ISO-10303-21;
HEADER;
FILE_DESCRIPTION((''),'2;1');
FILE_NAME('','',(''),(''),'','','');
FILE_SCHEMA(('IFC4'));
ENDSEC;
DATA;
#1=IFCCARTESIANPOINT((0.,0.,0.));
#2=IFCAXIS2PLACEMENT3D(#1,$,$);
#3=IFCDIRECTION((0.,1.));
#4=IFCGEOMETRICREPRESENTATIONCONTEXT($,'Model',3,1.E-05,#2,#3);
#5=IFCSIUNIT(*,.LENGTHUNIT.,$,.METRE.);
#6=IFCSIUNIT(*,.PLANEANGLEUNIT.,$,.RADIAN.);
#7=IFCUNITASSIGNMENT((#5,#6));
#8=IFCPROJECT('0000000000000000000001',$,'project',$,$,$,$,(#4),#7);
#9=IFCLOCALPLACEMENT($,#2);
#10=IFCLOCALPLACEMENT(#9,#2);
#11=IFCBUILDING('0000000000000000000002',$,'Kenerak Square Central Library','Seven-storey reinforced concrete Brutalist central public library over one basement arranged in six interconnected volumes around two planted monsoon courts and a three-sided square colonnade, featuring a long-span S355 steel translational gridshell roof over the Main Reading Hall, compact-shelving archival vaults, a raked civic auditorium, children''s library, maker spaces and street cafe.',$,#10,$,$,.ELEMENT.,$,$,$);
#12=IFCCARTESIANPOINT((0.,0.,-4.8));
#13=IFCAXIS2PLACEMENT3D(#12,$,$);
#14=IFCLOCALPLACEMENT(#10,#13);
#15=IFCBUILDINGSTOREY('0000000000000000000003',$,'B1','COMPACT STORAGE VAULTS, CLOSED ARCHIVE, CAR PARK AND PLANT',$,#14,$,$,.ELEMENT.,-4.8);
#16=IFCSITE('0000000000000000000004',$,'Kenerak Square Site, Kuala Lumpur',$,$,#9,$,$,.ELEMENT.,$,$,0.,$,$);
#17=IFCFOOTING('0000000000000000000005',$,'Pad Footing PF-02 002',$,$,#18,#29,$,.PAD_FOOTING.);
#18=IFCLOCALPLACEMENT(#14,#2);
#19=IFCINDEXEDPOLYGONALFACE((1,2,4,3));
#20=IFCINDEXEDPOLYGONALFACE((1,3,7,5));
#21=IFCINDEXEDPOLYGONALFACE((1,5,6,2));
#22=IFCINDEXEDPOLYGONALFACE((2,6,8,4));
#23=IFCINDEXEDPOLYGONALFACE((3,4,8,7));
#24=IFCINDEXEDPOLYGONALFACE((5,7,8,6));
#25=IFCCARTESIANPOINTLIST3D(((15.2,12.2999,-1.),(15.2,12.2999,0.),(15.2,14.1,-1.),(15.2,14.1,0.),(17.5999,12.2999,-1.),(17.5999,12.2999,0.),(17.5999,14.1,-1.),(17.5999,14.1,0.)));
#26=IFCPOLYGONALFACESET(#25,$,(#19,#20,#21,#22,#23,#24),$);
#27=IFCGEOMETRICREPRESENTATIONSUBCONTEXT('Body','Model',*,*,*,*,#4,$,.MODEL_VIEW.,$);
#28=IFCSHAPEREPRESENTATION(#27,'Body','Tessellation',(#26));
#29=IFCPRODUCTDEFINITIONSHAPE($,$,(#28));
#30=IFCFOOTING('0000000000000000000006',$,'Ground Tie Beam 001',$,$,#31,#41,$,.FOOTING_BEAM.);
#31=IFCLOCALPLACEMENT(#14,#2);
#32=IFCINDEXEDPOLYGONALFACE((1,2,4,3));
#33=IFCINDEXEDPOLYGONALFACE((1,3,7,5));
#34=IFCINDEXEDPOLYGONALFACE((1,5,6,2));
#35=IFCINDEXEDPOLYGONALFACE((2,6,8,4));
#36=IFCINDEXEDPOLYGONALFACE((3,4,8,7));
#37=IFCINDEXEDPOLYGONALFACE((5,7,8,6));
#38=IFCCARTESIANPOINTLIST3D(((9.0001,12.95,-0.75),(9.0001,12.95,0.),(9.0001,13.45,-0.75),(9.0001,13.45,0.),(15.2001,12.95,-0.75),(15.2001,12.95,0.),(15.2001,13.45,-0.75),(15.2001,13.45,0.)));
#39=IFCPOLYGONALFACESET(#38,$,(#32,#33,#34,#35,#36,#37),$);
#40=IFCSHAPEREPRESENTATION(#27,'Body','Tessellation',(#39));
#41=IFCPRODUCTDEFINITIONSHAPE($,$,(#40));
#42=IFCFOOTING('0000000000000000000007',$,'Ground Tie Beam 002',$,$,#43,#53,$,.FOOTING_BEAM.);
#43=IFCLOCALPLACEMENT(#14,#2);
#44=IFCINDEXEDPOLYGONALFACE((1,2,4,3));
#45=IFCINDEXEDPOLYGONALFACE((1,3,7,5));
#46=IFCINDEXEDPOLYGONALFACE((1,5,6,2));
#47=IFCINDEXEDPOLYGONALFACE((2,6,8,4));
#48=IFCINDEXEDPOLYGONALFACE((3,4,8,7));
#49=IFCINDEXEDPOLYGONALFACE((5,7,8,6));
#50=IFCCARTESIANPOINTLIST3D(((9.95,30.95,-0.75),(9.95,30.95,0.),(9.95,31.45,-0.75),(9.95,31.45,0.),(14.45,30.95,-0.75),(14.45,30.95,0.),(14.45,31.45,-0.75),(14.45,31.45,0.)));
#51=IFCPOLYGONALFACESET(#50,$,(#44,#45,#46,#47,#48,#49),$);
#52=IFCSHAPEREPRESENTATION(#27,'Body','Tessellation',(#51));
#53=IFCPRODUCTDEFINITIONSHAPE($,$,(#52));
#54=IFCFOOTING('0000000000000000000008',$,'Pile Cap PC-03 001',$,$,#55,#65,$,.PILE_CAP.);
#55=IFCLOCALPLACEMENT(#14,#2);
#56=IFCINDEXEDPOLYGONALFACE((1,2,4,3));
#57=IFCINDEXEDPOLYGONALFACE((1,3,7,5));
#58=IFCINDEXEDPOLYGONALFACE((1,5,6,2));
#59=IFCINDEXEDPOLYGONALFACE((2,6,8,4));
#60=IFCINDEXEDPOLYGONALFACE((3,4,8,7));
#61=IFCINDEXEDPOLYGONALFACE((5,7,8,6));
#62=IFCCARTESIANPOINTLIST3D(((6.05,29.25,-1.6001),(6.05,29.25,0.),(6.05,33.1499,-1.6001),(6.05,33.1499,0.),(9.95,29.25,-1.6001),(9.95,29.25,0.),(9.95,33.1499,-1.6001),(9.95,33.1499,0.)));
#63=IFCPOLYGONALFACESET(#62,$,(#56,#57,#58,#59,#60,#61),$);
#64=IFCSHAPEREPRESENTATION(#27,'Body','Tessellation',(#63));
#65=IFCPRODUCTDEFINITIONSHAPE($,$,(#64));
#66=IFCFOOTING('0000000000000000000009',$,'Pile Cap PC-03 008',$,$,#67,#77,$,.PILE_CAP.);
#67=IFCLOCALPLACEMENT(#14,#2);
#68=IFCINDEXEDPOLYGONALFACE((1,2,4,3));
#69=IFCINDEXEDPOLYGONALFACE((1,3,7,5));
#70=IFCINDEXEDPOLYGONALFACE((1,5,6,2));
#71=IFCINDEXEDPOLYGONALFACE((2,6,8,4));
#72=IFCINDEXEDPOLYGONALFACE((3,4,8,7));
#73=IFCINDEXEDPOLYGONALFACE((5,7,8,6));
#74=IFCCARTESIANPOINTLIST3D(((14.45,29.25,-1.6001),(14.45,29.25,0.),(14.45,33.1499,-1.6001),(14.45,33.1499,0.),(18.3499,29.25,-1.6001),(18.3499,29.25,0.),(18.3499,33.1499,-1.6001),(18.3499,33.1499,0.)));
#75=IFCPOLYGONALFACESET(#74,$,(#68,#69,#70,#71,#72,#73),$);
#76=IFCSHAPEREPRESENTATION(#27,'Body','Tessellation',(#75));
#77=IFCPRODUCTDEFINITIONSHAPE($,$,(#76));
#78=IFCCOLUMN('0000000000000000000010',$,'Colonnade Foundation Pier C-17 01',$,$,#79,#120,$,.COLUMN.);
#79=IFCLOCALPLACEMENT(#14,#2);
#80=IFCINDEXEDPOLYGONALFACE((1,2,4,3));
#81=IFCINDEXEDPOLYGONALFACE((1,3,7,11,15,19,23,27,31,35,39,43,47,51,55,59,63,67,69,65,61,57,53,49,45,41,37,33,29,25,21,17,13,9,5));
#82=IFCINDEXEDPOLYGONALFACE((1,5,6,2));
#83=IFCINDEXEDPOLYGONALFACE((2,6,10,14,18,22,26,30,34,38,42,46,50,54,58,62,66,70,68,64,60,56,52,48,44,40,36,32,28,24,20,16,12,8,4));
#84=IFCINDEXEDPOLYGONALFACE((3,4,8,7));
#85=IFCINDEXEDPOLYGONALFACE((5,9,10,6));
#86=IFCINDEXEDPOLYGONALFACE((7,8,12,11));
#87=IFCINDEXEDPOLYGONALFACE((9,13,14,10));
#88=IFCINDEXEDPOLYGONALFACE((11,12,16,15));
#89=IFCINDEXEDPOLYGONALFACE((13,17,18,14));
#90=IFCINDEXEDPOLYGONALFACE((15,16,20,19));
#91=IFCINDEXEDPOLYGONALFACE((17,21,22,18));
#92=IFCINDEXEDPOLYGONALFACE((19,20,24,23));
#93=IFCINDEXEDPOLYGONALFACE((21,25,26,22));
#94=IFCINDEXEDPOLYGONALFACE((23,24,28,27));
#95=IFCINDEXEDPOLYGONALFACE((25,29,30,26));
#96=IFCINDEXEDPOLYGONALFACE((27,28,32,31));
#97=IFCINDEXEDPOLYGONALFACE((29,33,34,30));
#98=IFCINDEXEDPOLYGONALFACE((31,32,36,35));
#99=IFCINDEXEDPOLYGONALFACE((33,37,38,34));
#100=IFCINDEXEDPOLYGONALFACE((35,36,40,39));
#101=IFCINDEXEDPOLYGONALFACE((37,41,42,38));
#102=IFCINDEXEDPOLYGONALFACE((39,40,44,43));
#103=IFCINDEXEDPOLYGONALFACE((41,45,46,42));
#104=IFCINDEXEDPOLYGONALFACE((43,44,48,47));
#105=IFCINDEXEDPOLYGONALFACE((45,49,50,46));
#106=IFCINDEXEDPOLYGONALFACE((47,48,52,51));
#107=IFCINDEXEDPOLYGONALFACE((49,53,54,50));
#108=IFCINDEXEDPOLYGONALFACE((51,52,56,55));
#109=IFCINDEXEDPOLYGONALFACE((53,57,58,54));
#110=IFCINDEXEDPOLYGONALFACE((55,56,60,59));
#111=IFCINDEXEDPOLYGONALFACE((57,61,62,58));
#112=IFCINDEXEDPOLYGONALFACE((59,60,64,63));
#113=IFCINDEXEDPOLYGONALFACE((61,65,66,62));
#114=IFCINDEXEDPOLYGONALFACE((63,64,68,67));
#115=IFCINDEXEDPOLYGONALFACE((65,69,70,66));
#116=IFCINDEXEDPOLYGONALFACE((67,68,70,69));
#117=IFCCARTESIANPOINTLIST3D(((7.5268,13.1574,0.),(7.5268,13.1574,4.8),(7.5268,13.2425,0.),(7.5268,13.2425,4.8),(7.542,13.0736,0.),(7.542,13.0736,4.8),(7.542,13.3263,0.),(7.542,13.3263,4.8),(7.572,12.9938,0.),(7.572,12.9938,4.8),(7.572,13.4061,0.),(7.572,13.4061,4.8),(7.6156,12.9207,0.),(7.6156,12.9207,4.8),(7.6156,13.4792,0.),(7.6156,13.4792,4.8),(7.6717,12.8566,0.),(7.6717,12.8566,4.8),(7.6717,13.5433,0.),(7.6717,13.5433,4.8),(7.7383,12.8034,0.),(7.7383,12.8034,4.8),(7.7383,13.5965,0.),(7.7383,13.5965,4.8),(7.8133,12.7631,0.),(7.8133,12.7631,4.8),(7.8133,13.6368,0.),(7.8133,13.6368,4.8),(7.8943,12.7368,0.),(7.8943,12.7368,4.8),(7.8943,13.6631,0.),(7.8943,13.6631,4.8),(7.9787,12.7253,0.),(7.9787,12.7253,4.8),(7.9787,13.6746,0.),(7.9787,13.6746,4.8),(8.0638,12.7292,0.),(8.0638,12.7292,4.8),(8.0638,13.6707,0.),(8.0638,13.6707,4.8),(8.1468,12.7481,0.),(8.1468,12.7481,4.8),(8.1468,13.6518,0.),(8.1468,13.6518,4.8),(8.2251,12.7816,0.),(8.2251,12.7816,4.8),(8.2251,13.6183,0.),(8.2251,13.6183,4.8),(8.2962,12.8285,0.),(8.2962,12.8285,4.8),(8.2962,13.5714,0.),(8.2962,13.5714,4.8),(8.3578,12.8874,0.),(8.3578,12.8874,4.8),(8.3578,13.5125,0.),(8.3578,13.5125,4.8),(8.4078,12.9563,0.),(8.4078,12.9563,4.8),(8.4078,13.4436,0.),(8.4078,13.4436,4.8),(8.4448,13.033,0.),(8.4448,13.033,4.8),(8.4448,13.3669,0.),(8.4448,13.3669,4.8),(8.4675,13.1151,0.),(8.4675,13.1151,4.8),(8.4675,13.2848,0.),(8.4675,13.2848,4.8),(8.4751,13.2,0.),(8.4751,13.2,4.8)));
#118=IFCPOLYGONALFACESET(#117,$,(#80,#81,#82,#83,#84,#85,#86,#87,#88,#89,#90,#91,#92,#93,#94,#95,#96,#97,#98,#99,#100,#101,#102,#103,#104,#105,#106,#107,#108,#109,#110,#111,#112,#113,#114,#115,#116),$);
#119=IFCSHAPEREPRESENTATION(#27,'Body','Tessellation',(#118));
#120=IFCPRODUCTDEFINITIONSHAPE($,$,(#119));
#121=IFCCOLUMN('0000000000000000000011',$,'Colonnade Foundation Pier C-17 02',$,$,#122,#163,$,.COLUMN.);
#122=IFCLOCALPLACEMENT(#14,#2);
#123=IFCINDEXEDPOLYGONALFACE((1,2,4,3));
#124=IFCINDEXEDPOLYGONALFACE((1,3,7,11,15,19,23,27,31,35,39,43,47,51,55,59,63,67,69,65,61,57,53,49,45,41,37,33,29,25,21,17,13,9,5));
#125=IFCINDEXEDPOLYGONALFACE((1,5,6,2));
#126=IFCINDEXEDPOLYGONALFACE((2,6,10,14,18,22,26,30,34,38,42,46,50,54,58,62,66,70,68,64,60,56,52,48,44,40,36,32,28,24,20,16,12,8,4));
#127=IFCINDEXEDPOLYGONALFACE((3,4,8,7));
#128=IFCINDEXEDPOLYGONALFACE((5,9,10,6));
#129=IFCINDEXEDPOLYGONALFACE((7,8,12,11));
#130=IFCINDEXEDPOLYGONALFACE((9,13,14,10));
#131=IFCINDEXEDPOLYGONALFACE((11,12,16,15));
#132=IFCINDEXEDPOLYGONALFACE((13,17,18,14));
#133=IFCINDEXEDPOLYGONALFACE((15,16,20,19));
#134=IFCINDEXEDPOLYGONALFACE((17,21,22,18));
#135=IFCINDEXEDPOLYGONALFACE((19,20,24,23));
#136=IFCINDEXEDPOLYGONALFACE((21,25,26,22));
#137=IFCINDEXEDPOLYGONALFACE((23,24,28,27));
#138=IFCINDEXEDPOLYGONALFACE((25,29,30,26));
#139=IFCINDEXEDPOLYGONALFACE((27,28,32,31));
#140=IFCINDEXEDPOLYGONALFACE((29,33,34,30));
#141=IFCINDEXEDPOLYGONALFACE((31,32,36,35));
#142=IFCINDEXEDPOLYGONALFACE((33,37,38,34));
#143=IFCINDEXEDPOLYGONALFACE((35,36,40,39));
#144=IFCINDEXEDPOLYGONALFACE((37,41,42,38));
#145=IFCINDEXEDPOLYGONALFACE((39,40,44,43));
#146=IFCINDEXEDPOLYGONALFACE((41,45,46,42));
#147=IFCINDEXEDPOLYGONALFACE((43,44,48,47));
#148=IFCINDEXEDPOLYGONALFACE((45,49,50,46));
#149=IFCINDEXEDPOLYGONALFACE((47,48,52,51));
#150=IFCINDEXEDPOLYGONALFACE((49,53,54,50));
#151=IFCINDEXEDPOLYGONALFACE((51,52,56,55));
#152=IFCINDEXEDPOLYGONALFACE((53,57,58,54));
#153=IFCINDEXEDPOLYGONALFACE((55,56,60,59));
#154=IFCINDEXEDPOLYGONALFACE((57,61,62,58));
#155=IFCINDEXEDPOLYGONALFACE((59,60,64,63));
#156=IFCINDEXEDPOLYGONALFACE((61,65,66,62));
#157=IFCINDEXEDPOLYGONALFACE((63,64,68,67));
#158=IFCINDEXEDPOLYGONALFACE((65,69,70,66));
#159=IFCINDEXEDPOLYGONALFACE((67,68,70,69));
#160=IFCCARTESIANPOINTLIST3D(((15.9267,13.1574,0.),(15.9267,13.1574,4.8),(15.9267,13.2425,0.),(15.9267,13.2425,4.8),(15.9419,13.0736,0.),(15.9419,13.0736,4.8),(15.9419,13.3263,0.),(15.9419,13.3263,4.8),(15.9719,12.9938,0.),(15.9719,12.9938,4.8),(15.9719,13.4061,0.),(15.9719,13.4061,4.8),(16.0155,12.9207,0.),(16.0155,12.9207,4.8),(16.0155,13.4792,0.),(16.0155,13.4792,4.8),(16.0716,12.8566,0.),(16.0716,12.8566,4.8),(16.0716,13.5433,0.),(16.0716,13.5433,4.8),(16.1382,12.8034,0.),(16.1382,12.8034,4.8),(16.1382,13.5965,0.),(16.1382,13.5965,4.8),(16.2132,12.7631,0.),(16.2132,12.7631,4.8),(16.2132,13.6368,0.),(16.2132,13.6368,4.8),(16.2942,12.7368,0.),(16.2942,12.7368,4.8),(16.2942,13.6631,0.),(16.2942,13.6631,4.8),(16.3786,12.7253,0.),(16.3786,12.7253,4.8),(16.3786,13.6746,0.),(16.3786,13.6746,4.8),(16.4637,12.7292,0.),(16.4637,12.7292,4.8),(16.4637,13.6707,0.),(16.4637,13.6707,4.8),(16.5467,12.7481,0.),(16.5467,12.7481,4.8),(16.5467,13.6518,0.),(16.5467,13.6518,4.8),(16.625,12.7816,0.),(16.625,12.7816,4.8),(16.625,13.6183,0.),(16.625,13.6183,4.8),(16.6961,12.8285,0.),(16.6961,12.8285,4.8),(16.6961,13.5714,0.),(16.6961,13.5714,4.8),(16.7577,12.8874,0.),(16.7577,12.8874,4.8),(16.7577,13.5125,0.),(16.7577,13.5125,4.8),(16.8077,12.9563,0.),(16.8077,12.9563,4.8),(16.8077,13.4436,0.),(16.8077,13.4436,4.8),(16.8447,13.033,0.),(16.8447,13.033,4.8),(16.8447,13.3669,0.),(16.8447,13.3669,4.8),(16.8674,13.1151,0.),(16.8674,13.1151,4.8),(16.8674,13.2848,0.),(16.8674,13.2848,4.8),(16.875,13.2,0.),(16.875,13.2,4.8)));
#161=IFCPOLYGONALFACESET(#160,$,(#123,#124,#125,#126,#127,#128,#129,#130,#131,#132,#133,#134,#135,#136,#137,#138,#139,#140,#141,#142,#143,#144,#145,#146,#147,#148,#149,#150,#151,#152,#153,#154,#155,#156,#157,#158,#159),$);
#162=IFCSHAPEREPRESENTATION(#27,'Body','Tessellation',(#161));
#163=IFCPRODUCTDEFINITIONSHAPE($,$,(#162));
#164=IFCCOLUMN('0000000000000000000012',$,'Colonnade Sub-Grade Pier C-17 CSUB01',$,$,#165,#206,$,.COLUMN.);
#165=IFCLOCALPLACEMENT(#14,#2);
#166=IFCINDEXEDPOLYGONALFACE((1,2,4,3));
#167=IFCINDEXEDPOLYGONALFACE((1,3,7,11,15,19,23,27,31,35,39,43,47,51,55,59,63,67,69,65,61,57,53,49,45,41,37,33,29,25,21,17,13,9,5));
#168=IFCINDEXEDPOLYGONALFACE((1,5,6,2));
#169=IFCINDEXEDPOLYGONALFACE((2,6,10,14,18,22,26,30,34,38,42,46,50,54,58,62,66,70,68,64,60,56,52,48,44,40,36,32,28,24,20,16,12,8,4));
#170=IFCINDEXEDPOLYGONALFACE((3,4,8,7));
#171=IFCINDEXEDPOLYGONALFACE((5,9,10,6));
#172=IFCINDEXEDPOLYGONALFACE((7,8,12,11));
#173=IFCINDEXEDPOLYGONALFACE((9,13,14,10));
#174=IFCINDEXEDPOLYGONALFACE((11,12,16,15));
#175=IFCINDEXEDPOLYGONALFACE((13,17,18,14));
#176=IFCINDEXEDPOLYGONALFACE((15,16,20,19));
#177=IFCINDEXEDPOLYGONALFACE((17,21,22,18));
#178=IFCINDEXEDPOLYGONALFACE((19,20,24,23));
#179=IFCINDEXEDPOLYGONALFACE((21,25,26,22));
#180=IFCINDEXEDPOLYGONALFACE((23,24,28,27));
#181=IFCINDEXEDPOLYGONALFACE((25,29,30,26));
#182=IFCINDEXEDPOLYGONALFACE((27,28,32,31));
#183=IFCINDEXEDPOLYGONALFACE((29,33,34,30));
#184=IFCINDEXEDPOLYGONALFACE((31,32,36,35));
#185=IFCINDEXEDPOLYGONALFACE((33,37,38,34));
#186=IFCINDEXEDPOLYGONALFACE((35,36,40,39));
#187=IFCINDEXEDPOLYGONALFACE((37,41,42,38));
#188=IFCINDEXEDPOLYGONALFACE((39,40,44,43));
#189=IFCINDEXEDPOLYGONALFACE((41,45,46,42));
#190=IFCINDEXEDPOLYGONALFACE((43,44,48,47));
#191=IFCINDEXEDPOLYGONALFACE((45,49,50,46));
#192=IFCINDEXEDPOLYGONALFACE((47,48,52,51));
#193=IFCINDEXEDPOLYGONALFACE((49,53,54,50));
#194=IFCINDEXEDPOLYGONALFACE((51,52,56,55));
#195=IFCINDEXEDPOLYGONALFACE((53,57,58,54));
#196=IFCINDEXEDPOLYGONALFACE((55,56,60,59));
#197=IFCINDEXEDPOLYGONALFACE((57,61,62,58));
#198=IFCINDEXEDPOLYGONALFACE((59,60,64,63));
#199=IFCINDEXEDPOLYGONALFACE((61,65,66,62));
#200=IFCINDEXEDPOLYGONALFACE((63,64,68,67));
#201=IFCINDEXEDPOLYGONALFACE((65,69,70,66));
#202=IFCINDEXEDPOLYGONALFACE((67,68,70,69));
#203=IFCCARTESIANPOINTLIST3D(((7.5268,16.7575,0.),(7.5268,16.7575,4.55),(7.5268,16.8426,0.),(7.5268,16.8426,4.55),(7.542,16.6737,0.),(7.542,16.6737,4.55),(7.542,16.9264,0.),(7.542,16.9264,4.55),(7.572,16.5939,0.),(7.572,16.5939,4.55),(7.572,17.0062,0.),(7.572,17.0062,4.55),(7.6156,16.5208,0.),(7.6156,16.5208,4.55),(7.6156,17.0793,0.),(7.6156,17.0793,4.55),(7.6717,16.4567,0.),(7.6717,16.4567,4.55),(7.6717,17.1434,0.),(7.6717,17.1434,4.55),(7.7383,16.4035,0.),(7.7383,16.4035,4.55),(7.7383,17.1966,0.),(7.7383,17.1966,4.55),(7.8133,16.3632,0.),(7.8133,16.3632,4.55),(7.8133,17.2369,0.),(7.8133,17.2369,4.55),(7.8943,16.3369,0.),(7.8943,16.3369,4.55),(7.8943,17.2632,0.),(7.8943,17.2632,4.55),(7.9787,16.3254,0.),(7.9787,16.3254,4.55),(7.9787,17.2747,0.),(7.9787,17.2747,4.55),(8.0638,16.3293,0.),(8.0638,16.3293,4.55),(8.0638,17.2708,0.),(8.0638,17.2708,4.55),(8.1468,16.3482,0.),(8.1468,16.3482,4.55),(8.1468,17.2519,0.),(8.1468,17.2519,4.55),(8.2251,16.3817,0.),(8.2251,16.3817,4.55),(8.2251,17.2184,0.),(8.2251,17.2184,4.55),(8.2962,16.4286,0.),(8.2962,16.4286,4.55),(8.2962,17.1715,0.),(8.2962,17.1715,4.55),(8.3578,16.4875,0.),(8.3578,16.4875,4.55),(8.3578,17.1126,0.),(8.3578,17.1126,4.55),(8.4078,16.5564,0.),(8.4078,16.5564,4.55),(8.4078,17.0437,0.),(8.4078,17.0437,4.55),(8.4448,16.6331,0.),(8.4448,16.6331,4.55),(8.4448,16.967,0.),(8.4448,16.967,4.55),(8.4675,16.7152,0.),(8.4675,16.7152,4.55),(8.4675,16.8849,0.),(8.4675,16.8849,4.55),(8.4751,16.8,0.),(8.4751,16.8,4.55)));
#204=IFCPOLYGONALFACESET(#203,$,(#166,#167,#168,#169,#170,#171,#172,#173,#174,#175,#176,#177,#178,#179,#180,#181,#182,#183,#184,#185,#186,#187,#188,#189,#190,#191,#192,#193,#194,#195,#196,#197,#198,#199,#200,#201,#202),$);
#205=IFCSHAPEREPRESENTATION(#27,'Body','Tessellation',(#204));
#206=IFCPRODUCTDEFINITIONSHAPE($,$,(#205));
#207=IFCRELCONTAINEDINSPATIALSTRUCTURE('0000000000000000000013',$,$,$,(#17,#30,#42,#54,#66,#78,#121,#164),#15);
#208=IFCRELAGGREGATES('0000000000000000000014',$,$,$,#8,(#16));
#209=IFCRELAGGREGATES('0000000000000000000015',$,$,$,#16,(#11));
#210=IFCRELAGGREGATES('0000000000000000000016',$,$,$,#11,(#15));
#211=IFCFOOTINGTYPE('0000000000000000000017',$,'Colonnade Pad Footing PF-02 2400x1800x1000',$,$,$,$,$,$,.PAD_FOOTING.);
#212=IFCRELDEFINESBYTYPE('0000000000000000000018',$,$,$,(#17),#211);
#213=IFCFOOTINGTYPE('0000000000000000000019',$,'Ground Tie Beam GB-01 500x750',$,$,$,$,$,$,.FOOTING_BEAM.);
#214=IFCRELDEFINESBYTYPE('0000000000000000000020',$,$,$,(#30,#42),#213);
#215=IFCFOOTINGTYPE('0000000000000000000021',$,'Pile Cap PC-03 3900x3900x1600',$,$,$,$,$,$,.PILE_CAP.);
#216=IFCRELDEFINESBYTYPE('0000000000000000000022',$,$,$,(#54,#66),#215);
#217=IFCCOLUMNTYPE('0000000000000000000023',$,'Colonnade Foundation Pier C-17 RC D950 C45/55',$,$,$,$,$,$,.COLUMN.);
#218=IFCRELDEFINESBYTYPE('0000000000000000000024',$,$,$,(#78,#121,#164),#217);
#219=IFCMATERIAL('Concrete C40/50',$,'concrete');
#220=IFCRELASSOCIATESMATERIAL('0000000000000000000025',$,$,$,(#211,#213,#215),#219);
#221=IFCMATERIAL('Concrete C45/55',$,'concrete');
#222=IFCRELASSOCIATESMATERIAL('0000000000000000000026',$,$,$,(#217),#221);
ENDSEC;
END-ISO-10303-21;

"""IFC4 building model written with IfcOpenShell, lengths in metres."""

from ifc_helpers import new_model, si_unit, direction, frame, origin, origin_2d, place, context, subcontext, project, spatial, rectangle, circle, extrude, material, material_profile, profile_set, type_object, element, save


model = new_model("IFC4")

# Units and contexts
model_context = context("Model", 3, precision=1e-05, world=origin(), true_north=direction((0.0, 1.0)))
body_context = subcontext(model_context, "Body", "Model", "MODEL_VIEW")
ifc_project = project(units=[si_unit("LENGTHUNIT", "METRE"), si_unit("PLANEANGLEUNIT", "RADIAN")], contexts=[model_context])

# Site, building, storey
site_placement = place(None, origin())
site = spatial("IfcSite", under=ifc_project, at=site_placement, Name="Kenerak Square Site, Kuala Lumpur", CompositionType="ELEMENT", RefElevation=0.0)
building_placement = place(site_placement, origin())
building = spatial("IfcBuilding", under=site, at=building_placement, Name="Kenerak Square Central Library", Description="Seven-storey reinforced concrete Brutalist central public library over one basement arranged in six interconnected volumes around two planted monsoon courts and a three-sided square colonnade, featuring a long-span S355 steel translational gridshell roof over the Main Reading Hall, compact-shelving archival vaults, a raked civic auditorium, children's library, maker spaces and street cafe.", CompositionType="ELEMENT")
storey_placement = place(building_placement, frame((0.0, 0.0, -4.8)))
storey = spatial("IfcBuildingStorey", under=building, at=storey_placement, Name="B1", Description="COMPACT STORAGE VAULTS, CLOSED ARCHIVE, CAR PARK AND PLANT", CompositionType="ELEMENT", Elevation=-4.8)

# Shared definitions
ifc_material_1 = material(Name="Concrete C40/50", Category="concrete")

# Footings
footing_type_1 = type_object("IfcFootingType", Name="Colonnade Pad Footing PF-02 2400x1800x1000", PredefinedType="PAD_FOOTING", material=ifc_material_1)
footing_1_placement = place(storey_placement, frame((16.3999, 13.2, -1.0), z_axis=(0.0, 0.0, 1.0), x_axis=(1.0, 0.0, 0.0)))
element("IfcFooting", 1, at=footing_1_placement, inside=storey, type_object=footing_type_1, Name="Pad Footing PF-02 002", PredefinedType="PAD_FOOTING", context=body_context, shape_type="SweptSolid", body=[
    extrude(rectangle(XDim=2.3999, YDim=1.8, at=origin_2d()), origin(), (0.0, 0.0, 1.0), 1.0),
])
footing_type_2 = type_object("IfcFootingType", Name="Ground Tie Beam GB-01 500x750", PredefinedType="FOOTING_BEAM", material=ifc_material_1)
footing_2_placement = place(storey_placement, frame((12.1001, 13.2, -0.75), z_axis=(0.0, 0.0, 1.0), x_axis=(1.0, 0.0, 0.0)))
element("IfcFooting", 2, at=footing_2_placement, inside=storey, type_object=footing_type_2, Name="Ground Tie Beam 001", PredefinedType="FOOTING_BEAM", context=body_context, shape_type="SweptSolid", body=[
    extrude(rectangle(XDim=6.2, YDim=0.5, at=origin_2d()), origin(), (0.0, 0.0, 1.0), 0.75),
])
footing_3_placement = place(storey_placement, frame((12.2, 31.2, -0.75), z_axis=(0.0, 0.0, 1.0), x_axis=(1.0, 0.0, 0.0)))
element("IfcFooting", 3, at=footing_3_placement, inside=storey, type_object=footing_type_2, Name="Ground Tie Beam 002", PredefinedType="FOOTING_BEAM", context=body_context, shape_type="SweptSolid", body=[
    extrude(rectangle(XDim=4.5, YDim=0.5, at=origin_2d()), origin(), (0.0, 0.0, 1.0), 0.75),
])
footing_type_3 = type_object("IfcFootingType", Name="Pile Cap PC-03 3900x3900x1600", PredefinedType="PILE_CAP", material=ifc_material_1)
for number, where, z_axis, x_axis, name in (
    (4, (8.0, 31.2, -1.6001), (0.0, 0.0, 1.0), (1.0, 0.0, 0.0), "Pile Cap PC-03 001"),
    (5, (16.3999, 31.2, -1.6001), (0.0, 0.0, 1.0), (1.0, 0.0, 0.0), "Pile Cap PC-03 008"),
):
    element("IfcFooting", number, at=place(storey_placement, frame(where, z_axis=z_axis, x_axis=x_axis)), inside=storey, type_object=footing_type_3, Name=name, PredefinedType="PILE_CAP", context=body_context, shape_type="SweptSolid", body=[
        extrude(rectangle(XDim=3.8999, YDim=3.8999, at=origin_2d()), origin(), (0.0, 0.0, 1.0), 1.6001),
    ])

# Columns
ifc_material_2 = material(Name="Concrete C45/55", Category="concrete")
ifc_material_profile_1 = material_profile(ifc_material_2, circle(Radius=0.4751, at=origin_2d()), Name="RC D950")
ifc_profile_set_1 = profile_set([ifc_material_profile_1], Name="Concrete C45/55")
column_type_1 = type_object("IfcColumnType", Name="Colonnade Foundation Pier C-17 RC D950 C45/55", PredefinedType="COLUMN", material=ifc_profile_set_1)
for number, where, z_axis, x_axis, name in (
    (6, (8.0, 13.2, 0.0), (0.0, 0.0, 1.0), (1.0, 0.0, 0.0), "Colonnade Foundation Pier C-17 01"),
    (7, (16.3999, 13.2, 0.0), (0.0, 0.0, 1.0), (1.0, 0.0, 0.0), "Colonnade Foundation Pier C-17 02"),
):
    element("IfcColumn", number, at=place(storey_placement, frame(where, z_axis=z_axis, x_axis=x_axis)), inside=storey, type_object=column_type_1, Name=name, PredefinedType="COLUMN", context=body_context, shape_type="SweptSolid", body=[
        extrude(circle(Radius=0.4751, at=origin_2d()), origin(), (0.0, 0.0, 1.0), 4.8),
    ])
for number, where, z_axis, x_axis, name in (
    (8, (8.0, 16.8, 0.0), (0.0, 0.0, 1.0), (1.0, 0.0, 0.0), "Colonnade Sub-Grade Pier C-17 CSUB01"),
):
    element("IfcColumn", number, at=place(storey_placement, frame(where, z_axis=z_axis, x_axis=x_axis)), inside=storey, type_object=column_type_1, Name=name, PredefinedType="COLUMN", context=body_context, shape_type="SweptSolid", body=[
        extrude(circle(Radius=0.4751, at=origin_2d()), origin(), (0.0, 0.0, 1.0), 4.55),
    ])

save(model, "model.ifc")
